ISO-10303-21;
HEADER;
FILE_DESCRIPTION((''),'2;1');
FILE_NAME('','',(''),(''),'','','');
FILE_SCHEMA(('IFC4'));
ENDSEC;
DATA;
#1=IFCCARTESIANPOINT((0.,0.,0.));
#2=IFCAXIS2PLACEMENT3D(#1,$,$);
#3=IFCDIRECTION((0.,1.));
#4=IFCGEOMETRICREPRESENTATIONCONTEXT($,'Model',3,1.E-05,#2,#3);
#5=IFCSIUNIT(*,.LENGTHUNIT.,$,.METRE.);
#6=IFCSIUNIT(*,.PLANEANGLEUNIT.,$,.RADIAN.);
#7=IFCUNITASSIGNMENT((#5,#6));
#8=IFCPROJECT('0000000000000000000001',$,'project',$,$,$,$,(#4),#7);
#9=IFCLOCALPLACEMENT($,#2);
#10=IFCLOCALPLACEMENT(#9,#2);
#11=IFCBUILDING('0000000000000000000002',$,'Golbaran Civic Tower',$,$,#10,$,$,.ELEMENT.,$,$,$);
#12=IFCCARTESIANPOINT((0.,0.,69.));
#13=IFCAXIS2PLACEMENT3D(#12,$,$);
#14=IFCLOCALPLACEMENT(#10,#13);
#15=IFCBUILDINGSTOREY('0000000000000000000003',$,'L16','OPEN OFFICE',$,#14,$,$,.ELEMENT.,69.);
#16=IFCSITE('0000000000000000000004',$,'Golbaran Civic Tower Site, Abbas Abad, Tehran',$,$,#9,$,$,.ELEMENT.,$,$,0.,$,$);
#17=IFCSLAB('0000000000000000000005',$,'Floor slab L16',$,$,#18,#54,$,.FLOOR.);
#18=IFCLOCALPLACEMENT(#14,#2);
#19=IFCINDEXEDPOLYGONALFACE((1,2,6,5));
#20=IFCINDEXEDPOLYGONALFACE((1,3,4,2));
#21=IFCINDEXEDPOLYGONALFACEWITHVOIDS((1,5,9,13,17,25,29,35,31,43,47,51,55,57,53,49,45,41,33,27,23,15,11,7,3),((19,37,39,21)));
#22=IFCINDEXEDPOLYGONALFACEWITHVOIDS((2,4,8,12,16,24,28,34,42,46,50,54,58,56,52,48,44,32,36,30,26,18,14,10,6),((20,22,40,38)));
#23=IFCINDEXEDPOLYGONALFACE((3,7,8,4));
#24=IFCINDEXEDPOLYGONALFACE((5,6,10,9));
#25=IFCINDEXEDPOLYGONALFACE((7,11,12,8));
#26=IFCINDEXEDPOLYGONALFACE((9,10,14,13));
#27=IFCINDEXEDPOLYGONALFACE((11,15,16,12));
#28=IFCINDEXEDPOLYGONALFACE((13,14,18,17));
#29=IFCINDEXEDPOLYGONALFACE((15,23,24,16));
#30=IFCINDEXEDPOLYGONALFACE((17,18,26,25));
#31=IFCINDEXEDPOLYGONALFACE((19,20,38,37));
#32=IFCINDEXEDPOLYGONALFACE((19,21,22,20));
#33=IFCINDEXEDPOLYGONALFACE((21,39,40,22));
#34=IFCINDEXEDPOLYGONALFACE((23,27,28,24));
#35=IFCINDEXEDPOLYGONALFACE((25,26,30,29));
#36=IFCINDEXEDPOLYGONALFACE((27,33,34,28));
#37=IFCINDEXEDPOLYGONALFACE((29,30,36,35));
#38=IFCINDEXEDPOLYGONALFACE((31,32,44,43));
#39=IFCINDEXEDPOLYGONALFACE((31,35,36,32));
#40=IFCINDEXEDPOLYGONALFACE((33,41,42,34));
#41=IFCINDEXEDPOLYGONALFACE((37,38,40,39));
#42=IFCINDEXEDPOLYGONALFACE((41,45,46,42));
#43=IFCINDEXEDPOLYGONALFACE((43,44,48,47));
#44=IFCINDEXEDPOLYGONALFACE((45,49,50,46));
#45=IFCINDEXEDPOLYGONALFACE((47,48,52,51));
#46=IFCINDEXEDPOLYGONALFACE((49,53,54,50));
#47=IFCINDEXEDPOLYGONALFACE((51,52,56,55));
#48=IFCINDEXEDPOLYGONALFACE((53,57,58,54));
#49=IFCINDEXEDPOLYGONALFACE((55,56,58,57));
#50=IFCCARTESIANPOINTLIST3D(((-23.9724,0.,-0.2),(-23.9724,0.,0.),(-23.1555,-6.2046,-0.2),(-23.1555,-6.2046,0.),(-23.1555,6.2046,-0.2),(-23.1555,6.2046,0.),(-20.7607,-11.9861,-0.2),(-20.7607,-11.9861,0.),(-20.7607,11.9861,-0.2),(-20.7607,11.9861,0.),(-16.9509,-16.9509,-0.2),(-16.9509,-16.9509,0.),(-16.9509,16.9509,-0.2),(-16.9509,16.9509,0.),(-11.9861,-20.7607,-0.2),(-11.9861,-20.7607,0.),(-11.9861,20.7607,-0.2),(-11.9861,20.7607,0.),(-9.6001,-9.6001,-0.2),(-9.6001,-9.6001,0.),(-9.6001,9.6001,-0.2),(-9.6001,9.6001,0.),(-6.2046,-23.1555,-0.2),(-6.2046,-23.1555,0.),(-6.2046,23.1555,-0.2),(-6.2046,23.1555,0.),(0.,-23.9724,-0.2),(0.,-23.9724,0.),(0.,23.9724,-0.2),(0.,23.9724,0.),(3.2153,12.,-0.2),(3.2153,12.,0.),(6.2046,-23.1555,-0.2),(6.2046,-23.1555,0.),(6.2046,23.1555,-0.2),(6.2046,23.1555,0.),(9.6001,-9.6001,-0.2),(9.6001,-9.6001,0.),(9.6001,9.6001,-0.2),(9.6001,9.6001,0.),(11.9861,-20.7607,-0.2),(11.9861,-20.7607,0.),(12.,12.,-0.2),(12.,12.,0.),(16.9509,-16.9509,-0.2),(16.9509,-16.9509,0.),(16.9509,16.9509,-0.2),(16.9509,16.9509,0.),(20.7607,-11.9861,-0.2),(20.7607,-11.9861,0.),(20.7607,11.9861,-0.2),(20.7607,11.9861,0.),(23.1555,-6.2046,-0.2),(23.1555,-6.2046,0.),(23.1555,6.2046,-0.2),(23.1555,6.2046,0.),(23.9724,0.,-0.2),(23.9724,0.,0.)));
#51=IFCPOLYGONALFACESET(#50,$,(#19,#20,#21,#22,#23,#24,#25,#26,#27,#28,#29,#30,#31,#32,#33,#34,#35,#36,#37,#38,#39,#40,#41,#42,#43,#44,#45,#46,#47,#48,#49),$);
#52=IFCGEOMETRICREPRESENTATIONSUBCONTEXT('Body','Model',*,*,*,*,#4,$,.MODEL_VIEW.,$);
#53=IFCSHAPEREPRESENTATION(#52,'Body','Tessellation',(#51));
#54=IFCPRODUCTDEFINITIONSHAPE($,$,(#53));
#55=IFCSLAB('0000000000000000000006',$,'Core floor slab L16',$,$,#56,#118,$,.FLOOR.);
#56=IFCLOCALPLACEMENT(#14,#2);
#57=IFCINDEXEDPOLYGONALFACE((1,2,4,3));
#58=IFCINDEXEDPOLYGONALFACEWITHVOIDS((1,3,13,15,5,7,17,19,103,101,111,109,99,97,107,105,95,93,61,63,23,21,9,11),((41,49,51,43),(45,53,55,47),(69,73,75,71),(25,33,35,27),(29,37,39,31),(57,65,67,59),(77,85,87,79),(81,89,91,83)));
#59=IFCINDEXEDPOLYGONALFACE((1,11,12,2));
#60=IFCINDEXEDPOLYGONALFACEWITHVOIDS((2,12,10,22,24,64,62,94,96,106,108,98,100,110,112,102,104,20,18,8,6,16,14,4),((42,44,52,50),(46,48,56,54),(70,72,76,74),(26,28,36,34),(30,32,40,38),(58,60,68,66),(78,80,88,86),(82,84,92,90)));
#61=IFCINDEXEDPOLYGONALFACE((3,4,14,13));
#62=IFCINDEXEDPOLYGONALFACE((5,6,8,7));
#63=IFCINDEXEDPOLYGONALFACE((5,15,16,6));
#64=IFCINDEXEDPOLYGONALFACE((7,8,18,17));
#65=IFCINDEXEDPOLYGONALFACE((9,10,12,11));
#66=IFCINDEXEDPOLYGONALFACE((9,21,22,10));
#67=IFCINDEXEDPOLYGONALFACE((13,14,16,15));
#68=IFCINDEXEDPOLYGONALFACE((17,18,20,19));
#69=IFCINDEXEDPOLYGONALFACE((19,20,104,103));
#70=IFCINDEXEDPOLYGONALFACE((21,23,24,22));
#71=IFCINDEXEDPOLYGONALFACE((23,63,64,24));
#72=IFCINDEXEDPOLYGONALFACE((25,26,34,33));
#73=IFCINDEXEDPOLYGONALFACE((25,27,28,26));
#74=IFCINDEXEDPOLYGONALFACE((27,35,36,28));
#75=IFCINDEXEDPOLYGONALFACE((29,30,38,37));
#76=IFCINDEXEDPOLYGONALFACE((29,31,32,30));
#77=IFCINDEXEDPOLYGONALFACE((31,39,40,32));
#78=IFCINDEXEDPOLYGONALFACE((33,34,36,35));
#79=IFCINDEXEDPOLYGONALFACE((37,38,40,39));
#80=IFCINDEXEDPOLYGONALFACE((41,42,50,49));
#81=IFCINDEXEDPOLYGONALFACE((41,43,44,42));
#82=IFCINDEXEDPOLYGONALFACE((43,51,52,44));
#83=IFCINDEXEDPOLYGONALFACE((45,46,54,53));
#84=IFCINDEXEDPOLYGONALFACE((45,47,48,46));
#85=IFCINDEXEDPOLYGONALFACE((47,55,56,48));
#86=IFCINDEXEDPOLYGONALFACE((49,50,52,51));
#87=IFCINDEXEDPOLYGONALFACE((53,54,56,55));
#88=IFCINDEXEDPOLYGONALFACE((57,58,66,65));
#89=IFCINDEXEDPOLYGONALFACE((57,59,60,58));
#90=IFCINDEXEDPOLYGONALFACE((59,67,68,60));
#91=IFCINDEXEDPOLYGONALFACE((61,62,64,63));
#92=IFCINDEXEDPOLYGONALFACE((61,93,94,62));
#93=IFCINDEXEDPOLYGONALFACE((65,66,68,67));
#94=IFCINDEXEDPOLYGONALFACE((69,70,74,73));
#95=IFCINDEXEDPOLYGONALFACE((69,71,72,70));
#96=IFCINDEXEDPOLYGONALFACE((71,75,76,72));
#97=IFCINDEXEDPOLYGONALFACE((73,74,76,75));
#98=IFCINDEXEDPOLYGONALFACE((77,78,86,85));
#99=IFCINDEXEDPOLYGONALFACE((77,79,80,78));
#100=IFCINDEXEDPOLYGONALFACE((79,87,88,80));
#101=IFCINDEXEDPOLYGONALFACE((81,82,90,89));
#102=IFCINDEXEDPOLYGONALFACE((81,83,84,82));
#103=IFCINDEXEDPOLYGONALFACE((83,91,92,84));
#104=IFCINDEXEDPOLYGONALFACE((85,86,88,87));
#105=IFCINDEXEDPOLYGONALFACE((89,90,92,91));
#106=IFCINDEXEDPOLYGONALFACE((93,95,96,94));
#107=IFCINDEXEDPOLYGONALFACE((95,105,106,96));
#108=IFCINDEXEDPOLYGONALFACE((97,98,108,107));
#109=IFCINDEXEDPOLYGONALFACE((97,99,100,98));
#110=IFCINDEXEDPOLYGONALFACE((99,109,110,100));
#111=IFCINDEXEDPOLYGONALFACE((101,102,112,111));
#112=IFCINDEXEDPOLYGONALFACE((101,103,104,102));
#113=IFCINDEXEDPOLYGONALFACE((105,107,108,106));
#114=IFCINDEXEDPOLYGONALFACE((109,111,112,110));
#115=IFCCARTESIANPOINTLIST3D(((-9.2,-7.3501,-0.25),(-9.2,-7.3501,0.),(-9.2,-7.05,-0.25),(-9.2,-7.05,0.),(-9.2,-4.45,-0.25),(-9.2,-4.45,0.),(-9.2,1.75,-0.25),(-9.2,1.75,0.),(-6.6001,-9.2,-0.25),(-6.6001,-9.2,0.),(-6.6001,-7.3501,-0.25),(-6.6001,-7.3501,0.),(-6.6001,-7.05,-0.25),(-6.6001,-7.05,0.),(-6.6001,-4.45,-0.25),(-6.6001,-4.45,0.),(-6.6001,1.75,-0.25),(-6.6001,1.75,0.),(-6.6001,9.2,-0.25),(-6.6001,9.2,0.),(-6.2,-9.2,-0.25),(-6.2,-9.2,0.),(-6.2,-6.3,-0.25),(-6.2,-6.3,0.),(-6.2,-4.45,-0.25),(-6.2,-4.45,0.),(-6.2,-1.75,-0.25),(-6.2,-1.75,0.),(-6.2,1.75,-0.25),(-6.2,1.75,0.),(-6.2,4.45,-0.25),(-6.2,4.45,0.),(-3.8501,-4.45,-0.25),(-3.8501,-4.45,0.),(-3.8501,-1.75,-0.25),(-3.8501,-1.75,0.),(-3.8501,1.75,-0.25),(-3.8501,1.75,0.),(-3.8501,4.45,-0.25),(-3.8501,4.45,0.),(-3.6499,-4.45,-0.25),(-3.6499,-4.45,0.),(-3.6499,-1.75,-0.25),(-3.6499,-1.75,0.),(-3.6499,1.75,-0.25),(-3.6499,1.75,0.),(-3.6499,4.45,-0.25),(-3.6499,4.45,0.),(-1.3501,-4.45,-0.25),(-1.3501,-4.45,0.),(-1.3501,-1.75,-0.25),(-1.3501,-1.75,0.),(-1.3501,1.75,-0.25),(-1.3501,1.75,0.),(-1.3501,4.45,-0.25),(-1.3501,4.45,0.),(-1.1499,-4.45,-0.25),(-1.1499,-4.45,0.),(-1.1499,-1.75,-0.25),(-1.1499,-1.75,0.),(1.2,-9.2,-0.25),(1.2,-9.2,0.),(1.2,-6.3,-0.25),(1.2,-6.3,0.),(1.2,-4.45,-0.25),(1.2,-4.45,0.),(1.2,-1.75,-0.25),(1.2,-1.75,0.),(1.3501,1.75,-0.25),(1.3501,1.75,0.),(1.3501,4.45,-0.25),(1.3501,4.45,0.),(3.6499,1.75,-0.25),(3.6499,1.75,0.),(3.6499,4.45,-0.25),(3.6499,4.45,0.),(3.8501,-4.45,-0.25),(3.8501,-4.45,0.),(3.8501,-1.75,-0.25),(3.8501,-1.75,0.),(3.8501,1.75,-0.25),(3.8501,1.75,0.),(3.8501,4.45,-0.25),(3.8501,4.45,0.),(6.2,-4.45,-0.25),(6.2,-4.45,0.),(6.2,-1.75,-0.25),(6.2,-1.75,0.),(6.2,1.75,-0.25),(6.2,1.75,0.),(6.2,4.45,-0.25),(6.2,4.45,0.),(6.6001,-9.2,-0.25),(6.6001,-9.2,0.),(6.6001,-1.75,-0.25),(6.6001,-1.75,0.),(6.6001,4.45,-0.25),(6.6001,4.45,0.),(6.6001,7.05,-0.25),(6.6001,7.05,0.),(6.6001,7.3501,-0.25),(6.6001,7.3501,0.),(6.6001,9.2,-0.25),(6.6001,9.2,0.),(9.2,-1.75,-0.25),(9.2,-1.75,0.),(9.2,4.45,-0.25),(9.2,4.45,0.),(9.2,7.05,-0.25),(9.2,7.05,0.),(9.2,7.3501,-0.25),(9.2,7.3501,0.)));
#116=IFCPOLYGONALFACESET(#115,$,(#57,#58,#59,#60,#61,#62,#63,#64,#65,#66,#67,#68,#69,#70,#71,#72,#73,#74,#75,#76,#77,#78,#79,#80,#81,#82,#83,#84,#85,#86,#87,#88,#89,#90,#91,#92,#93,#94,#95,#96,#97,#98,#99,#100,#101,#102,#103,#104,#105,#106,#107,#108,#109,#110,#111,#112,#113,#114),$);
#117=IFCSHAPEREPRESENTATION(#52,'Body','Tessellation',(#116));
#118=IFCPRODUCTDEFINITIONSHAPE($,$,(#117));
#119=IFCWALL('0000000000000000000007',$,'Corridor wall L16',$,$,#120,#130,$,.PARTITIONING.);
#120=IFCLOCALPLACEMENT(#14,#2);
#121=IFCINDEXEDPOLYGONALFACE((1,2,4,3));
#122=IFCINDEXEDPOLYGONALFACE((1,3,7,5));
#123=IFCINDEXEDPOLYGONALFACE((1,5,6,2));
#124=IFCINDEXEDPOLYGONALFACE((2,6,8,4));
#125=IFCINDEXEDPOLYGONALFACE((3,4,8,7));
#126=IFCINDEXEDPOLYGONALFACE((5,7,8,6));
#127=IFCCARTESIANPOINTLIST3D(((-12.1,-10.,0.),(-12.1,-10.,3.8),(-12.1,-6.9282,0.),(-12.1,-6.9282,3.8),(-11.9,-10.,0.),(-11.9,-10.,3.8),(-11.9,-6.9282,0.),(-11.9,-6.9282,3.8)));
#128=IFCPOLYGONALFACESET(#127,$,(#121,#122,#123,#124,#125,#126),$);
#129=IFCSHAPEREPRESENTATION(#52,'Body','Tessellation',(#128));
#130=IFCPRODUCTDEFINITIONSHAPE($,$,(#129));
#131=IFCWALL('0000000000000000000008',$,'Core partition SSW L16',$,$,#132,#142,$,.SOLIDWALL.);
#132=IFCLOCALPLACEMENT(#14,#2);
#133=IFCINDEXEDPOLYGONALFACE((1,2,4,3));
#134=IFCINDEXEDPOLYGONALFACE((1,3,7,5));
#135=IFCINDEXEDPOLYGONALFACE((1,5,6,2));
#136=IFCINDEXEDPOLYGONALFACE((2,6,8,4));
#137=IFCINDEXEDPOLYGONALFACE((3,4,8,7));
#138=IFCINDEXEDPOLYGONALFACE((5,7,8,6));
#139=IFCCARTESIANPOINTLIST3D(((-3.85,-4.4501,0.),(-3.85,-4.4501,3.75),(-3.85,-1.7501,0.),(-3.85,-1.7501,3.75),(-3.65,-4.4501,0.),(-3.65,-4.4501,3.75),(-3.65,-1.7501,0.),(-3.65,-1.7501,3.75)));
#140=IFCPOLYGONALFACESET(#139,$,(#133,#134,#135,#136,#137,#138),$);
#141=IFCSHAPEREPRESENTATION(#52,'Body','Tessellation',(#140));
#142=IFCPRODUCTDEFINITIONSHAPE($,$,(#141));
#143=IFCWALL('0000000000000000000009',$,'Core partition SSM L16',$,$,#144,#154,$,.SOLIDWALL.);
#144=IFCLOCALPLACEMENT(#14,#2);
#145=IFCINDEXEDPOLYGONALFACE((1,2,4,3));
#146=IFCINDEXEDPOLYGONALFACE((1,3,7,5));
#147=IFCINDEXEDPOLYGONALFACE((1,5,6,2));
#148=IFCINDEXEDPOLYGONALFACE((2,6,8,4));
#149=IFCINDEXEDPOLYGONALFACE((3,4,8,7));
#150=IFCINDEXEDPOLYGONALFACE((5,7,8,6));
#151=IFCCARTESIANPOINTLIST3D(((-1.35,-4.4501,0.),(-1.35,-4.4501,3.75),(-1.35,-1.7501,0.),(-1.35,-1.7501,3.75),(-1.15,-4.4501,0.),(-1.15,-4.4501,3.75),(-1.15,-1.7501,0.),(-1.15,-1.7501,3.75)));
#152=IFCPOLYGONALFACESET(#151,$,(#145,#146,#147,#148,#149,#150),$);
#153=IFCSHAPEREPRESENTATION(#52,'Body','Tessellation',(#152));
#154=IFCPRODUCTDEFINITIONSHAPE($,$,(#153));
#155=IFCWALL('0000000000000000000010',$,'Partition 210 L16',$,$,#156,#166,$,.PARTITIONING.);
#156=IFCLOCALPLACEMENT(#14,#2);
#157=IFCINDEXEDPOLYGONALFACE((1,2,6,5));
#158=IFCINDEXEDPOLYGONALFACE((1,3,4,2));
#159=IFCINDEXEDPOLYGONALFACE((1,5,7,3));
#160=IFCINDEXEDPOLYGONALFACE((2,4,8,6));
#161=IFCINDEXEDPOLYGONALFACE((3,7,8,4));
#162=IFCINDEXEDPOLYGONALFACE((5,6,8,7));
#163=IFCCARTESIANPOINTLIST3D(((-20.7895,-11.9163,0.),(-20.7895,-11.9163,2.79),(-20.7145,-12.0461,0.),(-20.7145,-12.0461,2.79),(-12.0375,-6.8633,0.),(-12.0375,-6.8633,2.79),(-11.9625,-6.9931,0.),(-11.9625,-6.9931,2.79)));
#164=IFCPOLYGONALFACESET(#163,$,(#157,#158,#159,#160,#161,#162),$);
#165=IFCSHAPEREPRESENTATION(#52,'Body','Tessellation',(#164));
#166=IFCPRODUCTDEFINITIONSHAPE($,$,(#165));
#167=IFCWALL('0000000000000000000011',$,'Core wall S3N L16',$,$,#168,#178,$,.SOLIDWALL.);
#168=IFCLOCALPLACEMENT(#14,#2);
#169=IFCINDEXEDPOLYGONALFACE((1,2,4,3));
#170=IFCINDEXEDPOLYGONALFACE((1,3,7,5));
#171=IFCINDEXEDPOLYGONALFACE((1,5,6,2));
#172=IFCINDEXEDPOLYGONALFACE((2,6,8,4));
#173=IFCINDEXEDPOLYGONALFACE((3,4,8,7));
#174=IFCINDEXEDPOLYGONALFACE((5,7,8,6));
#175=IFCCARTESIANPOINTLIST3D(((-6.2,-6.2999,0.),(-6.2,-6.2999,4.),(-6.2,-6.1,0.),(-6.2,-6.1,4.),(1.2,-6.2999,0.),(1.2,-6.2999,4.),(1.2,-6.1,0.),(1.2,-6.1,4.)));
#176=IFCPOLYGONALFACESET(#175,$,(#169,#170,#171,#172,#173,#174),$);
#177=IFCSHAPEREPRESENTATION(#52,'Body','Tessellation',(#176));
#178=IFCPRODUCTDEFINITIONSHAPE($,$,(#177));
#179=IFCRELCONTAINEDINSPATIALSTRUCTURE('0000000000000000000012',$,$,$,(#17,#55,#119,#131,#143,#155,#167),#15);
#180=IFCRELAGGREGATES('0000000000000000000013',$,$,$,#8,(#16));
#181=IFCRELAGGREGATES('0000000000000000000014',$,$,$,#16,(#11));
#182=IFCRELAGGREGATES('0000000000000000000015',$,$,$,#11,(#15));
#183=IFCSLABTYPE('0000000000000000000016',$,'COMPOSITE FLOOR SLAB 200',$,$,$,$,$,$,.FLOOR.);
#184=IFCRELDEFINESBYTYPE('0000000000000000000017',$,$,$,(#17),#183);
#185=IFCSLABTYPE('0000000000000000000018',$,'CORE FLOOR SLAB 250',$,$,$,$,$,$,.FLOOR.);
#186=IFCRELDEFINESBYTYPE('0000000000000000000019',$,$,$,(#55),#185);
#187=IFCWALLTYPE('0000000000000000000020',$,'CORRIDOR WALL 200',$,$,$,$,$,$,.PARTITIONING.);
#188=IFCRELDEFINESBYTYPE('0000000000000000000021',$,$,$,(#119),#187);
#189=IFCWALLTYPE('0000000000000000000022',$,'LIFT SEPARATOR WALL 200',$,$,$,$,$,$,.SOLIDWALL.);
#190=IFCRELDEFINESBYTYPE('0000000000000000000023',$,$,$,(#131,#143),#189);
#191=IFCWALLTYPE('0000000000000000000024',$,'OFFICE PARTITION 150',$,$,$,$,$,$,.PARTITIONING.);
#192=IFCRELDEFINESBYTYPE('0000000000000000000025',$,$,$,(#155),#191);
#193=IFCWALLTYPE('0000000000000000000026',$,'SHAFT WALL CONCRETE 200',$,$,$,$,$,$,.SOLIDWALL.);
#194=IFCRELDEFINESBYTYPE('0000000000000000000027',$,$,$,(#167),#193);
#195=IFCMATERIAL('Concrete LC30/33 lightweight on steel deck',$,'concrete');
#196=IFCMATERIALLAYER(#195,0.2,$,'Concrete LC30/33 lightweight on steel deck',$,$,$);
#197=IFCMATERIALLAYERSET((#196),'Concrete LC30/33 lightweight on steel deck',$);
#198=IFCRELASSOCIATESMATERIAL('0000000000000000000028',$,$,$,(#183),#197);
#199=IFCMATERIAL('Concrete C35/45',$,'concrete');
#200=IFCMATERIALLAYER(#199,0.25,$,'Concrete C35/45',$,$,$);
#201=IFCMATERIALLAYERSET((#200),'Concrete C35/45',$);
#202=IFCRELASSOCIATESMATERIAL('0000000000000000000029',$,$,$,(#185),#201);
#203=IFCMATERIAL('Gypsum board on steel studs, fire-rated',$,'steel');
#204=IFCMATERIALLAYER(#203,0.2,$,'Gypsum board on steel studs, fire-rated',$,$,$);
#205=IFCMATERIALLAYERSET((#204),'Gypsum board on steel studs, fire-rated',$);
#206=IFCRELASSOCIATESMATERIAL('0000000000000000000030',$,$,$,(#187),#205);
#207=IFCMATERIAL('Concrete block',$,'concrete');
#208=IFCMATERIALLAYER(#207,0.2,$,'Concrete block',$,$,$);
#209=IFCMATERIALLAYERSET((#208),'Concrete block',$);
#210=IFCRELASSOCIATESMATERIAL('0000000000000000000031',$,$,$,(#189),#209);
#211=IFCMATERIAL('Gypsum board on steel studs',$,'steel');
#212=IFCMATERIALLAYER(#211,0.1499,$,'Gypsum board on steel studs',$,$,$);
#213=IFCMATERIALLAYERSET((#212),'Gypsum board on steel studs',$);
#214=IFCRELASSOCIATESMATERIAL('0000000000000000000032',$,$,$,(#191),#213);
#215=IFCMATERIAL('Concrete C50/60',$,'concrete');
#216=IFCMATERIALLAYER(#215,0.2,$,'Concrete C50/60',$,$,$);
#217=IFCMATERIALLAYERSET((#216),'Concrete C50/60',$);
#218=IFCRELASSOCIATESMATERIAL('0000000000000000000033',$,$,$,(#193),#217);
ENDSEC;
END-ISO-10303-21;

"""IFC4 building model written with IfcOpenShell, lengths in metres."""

from ifc_helpers import new_model, si_unit, direction, frame, frame_2d, origin, place, context, subcontext, project, spatial, polyline, rectangle, outline, extrude, material, layer, layer_set, type_object, element, save


model = new_model("IFC4")

# Units and contexts
model_context = context("Model", 3, precision=1e-05, world=origin(), true_north=direction((0.0, 1.0)))
body_context = subcontext(model_context, "Body", "Model", "MODEL_VIEW")
ifc_project = project(units=[si_unit("LENGTHUNIT", "METRE"), si_unit("PLANEANGLEUNIT", "RADIAN")], contexts=[model_context])

# Site, building, storey
site_placement = place(None, origin())
site = spatial("IfcSite", under=ifc_project, at=site_placement, Name="Golbaran Civic Tower Site, Abbas Abad, Tehran", CompositionType="ELEMENT", RefElevation=0.0)
building_placement = place(site_placement, origin())
building = spatial("IfcBuilding", under=site, at=building_placement, Name="Golbaran Civic Tower", CompositionType="ELEMENT")
storey_placement = place(building_placement, frame((0.0, 0.0, 69.0)))
storey = spatial("IfcBuildingStorey", under=building, at=storey_placement, Name="L16", Description="OPEN OFFICE", CompositionType="ELEMENT", Elevation=69.0)

# Slabs
ifc_material_1 = material(Name="Concrete LC30/33 lightweight on steel deck", Category="concrete")
ifc_layer_1 = layer(ifc_material_1, 0.2, Name="Concrete LC30/33 lightweight on steel deck")
ifc_layer_set_1 = layer_set([ifc_layer_1], Name="Concrete LC30/33 lightweight on steel deck")
slab_type_1 = type_object("IfcSlabType", Name="COMPOSITE FLOOR SLAB 200", PredefinedType="FLOOR", material=ifc_layer_set_1)
slab_1_placement = place(storey_placement, frame((0.0, 0.0, -0.2)))
element("IfcSlab", 1, at=slab_1_placement, inside=storey, type_object=slab_type_1, Name="Floor slab L16", PredefinedType="FLOOR", context=body_context, shape_type="SweptSolid", body=[
    extrude(outline(polyline([(16.9509, -16.9509), (11.9861, -20.7607), (6.2046, -23.1555), (0.0, -23.9724), (-6.2046, -23.1555), (-11.9861, -20.7607), (-16.9509, -16.9509), (-20.7607, -11.9861), (-23.1555, -6.2046), (-23.9724, 0.0), (-23.1555, 6.2046), (-20.7607, 11.9861), (-16.9509, 16.9509), (-11.9861, 20.7607), (-6.2046, 23.1555), (0.0, 23.9724), (6.2046, 23.1555), (3.2153, 12.0), (12.0, 12.0), (16.9509, 16.9509), (20.7607, 11.9861), (23.1555, 6.2046), (23.9724, 0.0), (23.1555, -6.2046), (20.7607, -11.9861), (16.9509, -16.9509)]), holes=[polyline([(-9.6001, -9.6001), (9.6001, -9.6001), (9.6001, 9.6001), (-9.6001, 9.6001), (-9.6001, -9.6001)])]), origin(), (0.0, 0.0, 1.0), 0.2),
])
ifc_material_2 = material(Name="Concrete C35/45", Category="concrete")
ifc_layer_2 = layer(ifc_material_2, 0.25, Name="Concrete C35/45")
ifc_layer_set_2 = layer_set([ifc_layer_2], Name="Concrete C35/45")
slab_type_2 = type_object("IfcSlabType", Name="CORE FLOOR SLAB 250", PredefinedType="FLOOR", material=ifc_layer_set_2)
slab_2_placement = place(storey_placement, frame((0.0, 0.0, -0.25)))
element("IfcSlab", 2, at=slab_2_placement, inside=storey, type_object=slab_type_2, Name="Core floor slab L16", PredefinedType="FLOOR", context=body_context, shape_type="SweptSolid", body=[
    extrude(outline(polyline([(6.6001, -1.75), (6.6001, -9.2), (1.2, -9.2), (1.2, -6.3), (-6.2, -6.3), (-6.2, -9.2), (-6.6001, -9.2), (-6.6001, -7.3501), (-9.2, -7.3501), (-9.2, -7.05), (-6.6001, -7.05), (-6.6001, -4.45), (-9.2, -4.45), (-9.2, 1.75), (-6.6001, 1.75), (-6.6001, 9.2), (6.6001, 9.2), (6.6001, 7.3501), (9.2, 7.3501), (9.2, 7.05), (6.6001, 7.05), (6.6001, 4.45), (9.2, 4.45), (9.2, -1.75), (6.6001, -1.75)]), holes=[polyline([(6.2, -1.75), (3.8501, -1.75), (3.8501, -4.45), (6.2, -4.45), (6.2, -1.75)]), polyline([(6.2, 4.45), (3.8501, 4.45), (3.8501, 1.75), (6.2, 1.75), (6.2, 4.45)]), polyline([(3.6499, 4.45), (1.3501, 4.45), (1.3501, 1.75), (3.6499, 1.75), (3.6499, 4.45)]), polyline([(1.2, -1.75), (-1.1499, -1.75), (-1.1499, -4.45), (1.2, -4.45), (1.2, -1.75)]), polyline([(-1.3501, 4.45), (-3.6499, 4.45), (-3.6499, 1.75), (-1.3501, 1.75), (-1.3501, 4.45)]), polyline([(-1.3501, -1.75), (-3.6499, -1.75), (-3.6499, -4.45), (-1.3501, -4.45), (-1.3501, -1.75)]), polyline([(-3.8501, -1.75), (-6.2, -1.75), (-6.2, -4.45), (-3.8501, -4.45), (-3.8501, -1.75)]), polyline([(-3.8501, 4.45), (-6.2, 4.45), (-6.2, 1.75), (-3.8501, 1.75), (-3.8501, 4.45)])]), origin(), (0.0, 0.0, 1.0), 0.25),
])

# Walls
ifc_material_3 = material(Name="Gypsum board on steel studs, fire-rated", Category="steel")
ifc_layer_3 = layer(ifc_material_3, 0.2, Name="Gypsum board on steel studs, fire-rated")
ifc_layer_set_3 = layer_set([ifc_layer_3], Name="Gypsum board on steel studs, fire-rated")
wall_type_1 = type_object("IfcWallType", Name="CORRIDOR WALL 200", PredefinedType="PARTITIONING", material=ifc_layer_set_3)
wall_1_placement = place(storey_placement, frame((-12.0, -6.9282, 0.0), z_axis=(0.0, 0.0, 1.0), x_axis=(0.0, -1.0, 0.0)))
element("IfcWall", 3, at=wall_1_placement, inside=storey, type_object=wall_type_1, Name="Corridor wall L16", PredefinedType="PARTITIONING", context=body_context, shape_type="SweptSolid", body=[
    extrude(rectangle(XDim=3.0718, YDim=0.2, at=frame_2d((1.5359, 0.0))), origin(), (0.0, 0.0, 1.0), 3.8),
])
ifc_material_4 = material(Name="Concrete block", Category="concrete")
ifc_layer_4 = layer(ifc_material_4, 0.2, Name="Concrete block")
ifc_layer_set_4 = layer_set([ifc_layer_4], Name="Concrete block")
wall_type_2 = type_object("IfcWallType", Name="LIFT SEPARATOR WALL 200", PredefinedType="SOLIDWALL", material=ifc_layer_set_4)
for number, where, z_axis, x_axis, name in (
    (4, (-3.75, -1.75, 0.0), (0.0, 0.0, 1.0), (0.0, -1.0, 0.0), "Core partition SSW L16"),
    (5, (-1.25, -1.75, 0.0), (0.0, 0.0, 1.0), (0.0, -1.0, 0.0), "Core partition SSM L16"),
):
    element("IfcWall", number, at=place(storey_placement, frame(where, z_axis=z_axis, x_axis=x_axis)), inside=storey, type_object=wall_type_2, Name=name, PredefinedType="SOLIDWALL", context=body_context, shape_type="SweptSolid", body=[
        extrude(rectangle(XDim=2.7, YDim=0.2, at=frame_2d((1.3501, 0.0))), origin(), (0.0, 0.0, 1.0), 3.75),
    ])
ifc_material_5 = material(Name="Gypsum board on steel studs", Category="steel")
ifc_layer_5 = layer(ifc_material_5, 0.1499, Name="Gypsum board on steel studs")
ifc_layer_set_5 = layer_set([ifc_layer_5], Name="Gypsum board on steel studs")
wall_type_3 = type_object("IfcWallType", Name="OFFICE PARTITION 150", PredefinedType="PARTITIONING", material=ifc_layer_set_5)
wall_2_placement = place(storey_placement, frame((-12.0, -6.9282, 0.0), z_axis=(0.0, 0.0, 1.0), x_axis=(-0.866024, -0.500003, 0.0)))
element("IfcWall", 6, at=wall_2_placement, inside=storey, type_object=wall_type_3, Name="Partition 210 L16", PredefinedType="PARTITIONING", context=body_context, shape_type="SweptSolid", body=[
    extrude(rectangle(XDim=10.106, YDim=0.1499, at=frame_2d((5.053, 0.0))), origin(), (0.0, 0.0, 1.0), 2.79),
])
ifc_material_6 = material(Name="Concrete C50/60", Category="concrete")
ifc_layer_6 = layer(ifc_material_6, 0.2, Name="Concrete C50/60")
ifc_layer_set_6 = layer_set([ifc_layer_6], Name="Concrete C50/60")
wall_type_4 = type_object("IfcWallType", Name="SHAFT WALL CONCRETE 200", PredefinedType="SOLIDWALL", material=ifc_layer_set_6)
wall_3_placement = place(storey_placement, frame((-6.2, -6.2, 0.0), z_axis=(0.0, 0.0, 1.0), x_axis=(1.0, 0.0, 0.0)))
element("IfcWall", 7, at=wall_3_placement, inside=storey, type_object=wall_type_4, Name="Core wall S3N L16", PredefinedType="SOLIDWALL", context=body_context, shape_type="SweptSolid", body=[
    extrude(rectangle(XDim=7.3999, YDim=0.2, at=frame_2d((3.7, 0.0))), origin(), (0.0, 0.0, 1.0), 4.0),
])

save(model, "model.ifc")
